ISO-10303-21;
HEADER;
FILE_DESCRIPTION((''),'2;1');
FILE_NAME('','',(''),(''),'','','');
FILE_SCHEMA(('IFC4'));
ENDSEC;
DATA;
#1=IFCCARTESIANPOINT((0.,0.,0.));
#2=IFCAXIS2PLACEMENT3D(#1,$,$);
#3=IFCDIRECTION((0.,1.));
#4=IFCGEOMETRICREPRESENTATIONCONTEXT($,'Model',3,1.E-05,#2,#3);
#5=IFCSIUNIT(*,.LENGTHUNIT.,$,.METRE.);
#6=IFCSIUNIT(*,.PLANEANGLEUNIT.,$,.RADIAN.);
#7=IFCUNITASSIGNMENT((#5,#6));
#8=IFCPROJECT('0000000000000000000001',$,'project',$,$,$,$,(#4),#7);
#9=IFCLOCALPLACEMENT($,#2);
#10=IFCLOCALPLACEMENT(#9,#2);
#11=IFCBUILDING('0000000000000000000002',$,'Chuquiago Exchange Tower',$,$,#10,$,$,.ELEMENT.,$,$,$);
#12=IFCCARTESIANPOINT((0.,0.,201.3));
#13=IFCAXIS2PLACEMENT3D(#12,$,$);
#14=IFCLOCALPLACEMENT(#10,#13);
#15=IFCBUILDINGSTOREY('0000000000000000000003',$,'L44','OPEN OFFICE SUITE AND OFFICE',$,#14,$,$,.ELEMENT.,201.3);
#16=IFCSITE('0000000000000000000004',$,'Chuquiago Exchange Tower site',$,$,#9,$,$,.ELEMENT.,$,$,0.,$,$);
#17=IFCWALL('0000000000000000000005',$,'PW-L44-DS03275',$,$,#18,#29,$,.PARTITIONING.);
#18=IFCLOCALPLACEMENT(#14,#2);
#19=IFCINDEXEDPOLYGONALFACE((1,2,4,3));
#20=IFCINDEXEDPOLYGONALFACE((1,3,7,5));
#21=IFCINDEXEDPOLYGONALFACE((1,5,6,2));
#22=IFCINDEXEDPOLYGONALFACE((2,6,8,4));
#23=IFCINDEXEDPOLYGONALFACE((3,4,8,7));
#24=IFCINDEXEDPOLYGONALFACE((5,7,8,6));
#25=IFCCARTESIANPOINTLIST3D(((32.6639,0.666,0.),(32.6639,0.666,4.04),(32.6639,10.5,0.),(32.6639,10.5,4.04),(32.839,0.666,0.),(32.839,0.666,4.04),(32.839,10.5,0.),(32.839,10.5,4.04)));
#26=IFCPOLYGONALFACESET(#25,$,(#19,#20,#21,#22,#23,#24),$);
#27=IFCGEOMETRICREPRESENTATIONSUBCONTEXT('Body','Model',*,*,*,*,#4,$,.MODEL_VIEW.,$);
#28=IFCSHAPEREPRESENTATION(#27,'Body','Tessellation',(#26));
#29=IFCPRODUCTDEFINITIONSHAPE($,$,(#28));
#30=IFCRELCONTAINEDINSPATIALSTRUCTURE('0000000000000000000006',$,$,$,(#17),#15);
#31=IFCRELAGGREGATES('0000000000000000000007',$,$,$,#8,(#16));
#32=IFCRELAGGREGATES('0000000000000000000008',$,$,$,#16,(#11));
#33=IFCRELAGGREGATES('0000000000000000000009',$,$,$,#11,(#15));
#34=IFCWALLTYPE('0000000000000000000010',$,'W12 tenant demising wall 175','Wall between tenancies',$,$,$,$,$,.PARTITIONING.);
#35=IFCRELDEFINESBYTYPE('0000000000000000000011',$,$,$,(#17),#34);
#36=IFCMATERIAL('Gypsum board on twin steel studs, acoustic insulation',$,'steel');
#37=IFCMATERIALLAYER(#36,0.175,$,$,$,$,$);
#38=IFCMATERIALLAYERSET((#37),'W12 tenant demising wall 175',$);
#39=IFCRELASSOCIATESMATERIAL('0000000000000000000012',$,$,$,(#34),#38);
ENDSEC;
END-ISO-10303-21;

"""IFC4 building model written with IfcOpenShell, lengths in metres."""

from ifc_helpers import new_model, si_unit, direction, frame, frame_2d, origin, place, context, subcontext, project, spatial, rectangle, extrude, material, layer, layer_set, type_object, element, save


model = new_model("IFC4")

# Units and contexts
model_context = context("Model", 3, precision=1e-05, world=origin(), true_north=direction((0.0, 1.0)))
body_context = subcontext(model_context, "Body", "Model", "MODEL_VIEW")
ifc_project = project(units=[si_unit("LENGTHUNIT", "METRE"), si_unit("PLANEANGLEUNIT", "RADIAN")], contexts=[model_context])

# Site, building, storey
site_placement = place(None, origin())
site = spatial("IfcSite", under=ifc_project, at=site_placement, Name="Chuquiago Exchange Tower site", CompositionType="ELEMENT", RefElevation=0.0)
building_placement = place(site_placement, origin())
building = spatial("IfcBuilding", under=site, at=building_placement, Name="Chuquiago Exchange Tower", CompositionType="ELEMENT")
storey_placement = place(building_placement, frame((0.0, 0.0, 201.3)))
storey = spatial("IfcBuildingStorey", under=building, at=storey_placement, Name="L44", Description="OPEN OFFICE SUITE AND OFFICE", CompositionType="ELEMENT", Elevation=201.3)

# Wall
ifc_material_1 = material(Name="Gypsum board on twin steel studs, acoustic insulation", Category="steel")
ifc_layer_1 = layer(ifc_material_1, 0.175)
ifc_layer_set_1 = layer_set([ifc_layer_1], Name="W12 tenant demising wall 175")
wall_type_1 = type_object("IfcWallType", Name="W12 tenant demising wall 175", Description="Wall between tenancies", PredefinedType="PARTITIONING", material=ifc_layer_set_1)
wall_1_placement = place(storey_placement, frame((32.7515, 0.666, 0.0), z_axis=(0.0, 0.0, 1.0), x_axis=(0.0, 1.0, 0.0)))
element("IfcWall", 1, at=wall_1_placement, inside=storey, type_object=wall_type_1, Name="PW-L44-DS03275", PredefinedType="PARTITIONING", context=body_context, shape_type="SweptSolid", body=[
    extrude(rectangle(XDim=9.834, YDim=0.175, at=frame_2d((4.917, 0.0))), origin(), (0.0, 0.0, 1.0), 4.04),
])

save(model, "model.ifc")
